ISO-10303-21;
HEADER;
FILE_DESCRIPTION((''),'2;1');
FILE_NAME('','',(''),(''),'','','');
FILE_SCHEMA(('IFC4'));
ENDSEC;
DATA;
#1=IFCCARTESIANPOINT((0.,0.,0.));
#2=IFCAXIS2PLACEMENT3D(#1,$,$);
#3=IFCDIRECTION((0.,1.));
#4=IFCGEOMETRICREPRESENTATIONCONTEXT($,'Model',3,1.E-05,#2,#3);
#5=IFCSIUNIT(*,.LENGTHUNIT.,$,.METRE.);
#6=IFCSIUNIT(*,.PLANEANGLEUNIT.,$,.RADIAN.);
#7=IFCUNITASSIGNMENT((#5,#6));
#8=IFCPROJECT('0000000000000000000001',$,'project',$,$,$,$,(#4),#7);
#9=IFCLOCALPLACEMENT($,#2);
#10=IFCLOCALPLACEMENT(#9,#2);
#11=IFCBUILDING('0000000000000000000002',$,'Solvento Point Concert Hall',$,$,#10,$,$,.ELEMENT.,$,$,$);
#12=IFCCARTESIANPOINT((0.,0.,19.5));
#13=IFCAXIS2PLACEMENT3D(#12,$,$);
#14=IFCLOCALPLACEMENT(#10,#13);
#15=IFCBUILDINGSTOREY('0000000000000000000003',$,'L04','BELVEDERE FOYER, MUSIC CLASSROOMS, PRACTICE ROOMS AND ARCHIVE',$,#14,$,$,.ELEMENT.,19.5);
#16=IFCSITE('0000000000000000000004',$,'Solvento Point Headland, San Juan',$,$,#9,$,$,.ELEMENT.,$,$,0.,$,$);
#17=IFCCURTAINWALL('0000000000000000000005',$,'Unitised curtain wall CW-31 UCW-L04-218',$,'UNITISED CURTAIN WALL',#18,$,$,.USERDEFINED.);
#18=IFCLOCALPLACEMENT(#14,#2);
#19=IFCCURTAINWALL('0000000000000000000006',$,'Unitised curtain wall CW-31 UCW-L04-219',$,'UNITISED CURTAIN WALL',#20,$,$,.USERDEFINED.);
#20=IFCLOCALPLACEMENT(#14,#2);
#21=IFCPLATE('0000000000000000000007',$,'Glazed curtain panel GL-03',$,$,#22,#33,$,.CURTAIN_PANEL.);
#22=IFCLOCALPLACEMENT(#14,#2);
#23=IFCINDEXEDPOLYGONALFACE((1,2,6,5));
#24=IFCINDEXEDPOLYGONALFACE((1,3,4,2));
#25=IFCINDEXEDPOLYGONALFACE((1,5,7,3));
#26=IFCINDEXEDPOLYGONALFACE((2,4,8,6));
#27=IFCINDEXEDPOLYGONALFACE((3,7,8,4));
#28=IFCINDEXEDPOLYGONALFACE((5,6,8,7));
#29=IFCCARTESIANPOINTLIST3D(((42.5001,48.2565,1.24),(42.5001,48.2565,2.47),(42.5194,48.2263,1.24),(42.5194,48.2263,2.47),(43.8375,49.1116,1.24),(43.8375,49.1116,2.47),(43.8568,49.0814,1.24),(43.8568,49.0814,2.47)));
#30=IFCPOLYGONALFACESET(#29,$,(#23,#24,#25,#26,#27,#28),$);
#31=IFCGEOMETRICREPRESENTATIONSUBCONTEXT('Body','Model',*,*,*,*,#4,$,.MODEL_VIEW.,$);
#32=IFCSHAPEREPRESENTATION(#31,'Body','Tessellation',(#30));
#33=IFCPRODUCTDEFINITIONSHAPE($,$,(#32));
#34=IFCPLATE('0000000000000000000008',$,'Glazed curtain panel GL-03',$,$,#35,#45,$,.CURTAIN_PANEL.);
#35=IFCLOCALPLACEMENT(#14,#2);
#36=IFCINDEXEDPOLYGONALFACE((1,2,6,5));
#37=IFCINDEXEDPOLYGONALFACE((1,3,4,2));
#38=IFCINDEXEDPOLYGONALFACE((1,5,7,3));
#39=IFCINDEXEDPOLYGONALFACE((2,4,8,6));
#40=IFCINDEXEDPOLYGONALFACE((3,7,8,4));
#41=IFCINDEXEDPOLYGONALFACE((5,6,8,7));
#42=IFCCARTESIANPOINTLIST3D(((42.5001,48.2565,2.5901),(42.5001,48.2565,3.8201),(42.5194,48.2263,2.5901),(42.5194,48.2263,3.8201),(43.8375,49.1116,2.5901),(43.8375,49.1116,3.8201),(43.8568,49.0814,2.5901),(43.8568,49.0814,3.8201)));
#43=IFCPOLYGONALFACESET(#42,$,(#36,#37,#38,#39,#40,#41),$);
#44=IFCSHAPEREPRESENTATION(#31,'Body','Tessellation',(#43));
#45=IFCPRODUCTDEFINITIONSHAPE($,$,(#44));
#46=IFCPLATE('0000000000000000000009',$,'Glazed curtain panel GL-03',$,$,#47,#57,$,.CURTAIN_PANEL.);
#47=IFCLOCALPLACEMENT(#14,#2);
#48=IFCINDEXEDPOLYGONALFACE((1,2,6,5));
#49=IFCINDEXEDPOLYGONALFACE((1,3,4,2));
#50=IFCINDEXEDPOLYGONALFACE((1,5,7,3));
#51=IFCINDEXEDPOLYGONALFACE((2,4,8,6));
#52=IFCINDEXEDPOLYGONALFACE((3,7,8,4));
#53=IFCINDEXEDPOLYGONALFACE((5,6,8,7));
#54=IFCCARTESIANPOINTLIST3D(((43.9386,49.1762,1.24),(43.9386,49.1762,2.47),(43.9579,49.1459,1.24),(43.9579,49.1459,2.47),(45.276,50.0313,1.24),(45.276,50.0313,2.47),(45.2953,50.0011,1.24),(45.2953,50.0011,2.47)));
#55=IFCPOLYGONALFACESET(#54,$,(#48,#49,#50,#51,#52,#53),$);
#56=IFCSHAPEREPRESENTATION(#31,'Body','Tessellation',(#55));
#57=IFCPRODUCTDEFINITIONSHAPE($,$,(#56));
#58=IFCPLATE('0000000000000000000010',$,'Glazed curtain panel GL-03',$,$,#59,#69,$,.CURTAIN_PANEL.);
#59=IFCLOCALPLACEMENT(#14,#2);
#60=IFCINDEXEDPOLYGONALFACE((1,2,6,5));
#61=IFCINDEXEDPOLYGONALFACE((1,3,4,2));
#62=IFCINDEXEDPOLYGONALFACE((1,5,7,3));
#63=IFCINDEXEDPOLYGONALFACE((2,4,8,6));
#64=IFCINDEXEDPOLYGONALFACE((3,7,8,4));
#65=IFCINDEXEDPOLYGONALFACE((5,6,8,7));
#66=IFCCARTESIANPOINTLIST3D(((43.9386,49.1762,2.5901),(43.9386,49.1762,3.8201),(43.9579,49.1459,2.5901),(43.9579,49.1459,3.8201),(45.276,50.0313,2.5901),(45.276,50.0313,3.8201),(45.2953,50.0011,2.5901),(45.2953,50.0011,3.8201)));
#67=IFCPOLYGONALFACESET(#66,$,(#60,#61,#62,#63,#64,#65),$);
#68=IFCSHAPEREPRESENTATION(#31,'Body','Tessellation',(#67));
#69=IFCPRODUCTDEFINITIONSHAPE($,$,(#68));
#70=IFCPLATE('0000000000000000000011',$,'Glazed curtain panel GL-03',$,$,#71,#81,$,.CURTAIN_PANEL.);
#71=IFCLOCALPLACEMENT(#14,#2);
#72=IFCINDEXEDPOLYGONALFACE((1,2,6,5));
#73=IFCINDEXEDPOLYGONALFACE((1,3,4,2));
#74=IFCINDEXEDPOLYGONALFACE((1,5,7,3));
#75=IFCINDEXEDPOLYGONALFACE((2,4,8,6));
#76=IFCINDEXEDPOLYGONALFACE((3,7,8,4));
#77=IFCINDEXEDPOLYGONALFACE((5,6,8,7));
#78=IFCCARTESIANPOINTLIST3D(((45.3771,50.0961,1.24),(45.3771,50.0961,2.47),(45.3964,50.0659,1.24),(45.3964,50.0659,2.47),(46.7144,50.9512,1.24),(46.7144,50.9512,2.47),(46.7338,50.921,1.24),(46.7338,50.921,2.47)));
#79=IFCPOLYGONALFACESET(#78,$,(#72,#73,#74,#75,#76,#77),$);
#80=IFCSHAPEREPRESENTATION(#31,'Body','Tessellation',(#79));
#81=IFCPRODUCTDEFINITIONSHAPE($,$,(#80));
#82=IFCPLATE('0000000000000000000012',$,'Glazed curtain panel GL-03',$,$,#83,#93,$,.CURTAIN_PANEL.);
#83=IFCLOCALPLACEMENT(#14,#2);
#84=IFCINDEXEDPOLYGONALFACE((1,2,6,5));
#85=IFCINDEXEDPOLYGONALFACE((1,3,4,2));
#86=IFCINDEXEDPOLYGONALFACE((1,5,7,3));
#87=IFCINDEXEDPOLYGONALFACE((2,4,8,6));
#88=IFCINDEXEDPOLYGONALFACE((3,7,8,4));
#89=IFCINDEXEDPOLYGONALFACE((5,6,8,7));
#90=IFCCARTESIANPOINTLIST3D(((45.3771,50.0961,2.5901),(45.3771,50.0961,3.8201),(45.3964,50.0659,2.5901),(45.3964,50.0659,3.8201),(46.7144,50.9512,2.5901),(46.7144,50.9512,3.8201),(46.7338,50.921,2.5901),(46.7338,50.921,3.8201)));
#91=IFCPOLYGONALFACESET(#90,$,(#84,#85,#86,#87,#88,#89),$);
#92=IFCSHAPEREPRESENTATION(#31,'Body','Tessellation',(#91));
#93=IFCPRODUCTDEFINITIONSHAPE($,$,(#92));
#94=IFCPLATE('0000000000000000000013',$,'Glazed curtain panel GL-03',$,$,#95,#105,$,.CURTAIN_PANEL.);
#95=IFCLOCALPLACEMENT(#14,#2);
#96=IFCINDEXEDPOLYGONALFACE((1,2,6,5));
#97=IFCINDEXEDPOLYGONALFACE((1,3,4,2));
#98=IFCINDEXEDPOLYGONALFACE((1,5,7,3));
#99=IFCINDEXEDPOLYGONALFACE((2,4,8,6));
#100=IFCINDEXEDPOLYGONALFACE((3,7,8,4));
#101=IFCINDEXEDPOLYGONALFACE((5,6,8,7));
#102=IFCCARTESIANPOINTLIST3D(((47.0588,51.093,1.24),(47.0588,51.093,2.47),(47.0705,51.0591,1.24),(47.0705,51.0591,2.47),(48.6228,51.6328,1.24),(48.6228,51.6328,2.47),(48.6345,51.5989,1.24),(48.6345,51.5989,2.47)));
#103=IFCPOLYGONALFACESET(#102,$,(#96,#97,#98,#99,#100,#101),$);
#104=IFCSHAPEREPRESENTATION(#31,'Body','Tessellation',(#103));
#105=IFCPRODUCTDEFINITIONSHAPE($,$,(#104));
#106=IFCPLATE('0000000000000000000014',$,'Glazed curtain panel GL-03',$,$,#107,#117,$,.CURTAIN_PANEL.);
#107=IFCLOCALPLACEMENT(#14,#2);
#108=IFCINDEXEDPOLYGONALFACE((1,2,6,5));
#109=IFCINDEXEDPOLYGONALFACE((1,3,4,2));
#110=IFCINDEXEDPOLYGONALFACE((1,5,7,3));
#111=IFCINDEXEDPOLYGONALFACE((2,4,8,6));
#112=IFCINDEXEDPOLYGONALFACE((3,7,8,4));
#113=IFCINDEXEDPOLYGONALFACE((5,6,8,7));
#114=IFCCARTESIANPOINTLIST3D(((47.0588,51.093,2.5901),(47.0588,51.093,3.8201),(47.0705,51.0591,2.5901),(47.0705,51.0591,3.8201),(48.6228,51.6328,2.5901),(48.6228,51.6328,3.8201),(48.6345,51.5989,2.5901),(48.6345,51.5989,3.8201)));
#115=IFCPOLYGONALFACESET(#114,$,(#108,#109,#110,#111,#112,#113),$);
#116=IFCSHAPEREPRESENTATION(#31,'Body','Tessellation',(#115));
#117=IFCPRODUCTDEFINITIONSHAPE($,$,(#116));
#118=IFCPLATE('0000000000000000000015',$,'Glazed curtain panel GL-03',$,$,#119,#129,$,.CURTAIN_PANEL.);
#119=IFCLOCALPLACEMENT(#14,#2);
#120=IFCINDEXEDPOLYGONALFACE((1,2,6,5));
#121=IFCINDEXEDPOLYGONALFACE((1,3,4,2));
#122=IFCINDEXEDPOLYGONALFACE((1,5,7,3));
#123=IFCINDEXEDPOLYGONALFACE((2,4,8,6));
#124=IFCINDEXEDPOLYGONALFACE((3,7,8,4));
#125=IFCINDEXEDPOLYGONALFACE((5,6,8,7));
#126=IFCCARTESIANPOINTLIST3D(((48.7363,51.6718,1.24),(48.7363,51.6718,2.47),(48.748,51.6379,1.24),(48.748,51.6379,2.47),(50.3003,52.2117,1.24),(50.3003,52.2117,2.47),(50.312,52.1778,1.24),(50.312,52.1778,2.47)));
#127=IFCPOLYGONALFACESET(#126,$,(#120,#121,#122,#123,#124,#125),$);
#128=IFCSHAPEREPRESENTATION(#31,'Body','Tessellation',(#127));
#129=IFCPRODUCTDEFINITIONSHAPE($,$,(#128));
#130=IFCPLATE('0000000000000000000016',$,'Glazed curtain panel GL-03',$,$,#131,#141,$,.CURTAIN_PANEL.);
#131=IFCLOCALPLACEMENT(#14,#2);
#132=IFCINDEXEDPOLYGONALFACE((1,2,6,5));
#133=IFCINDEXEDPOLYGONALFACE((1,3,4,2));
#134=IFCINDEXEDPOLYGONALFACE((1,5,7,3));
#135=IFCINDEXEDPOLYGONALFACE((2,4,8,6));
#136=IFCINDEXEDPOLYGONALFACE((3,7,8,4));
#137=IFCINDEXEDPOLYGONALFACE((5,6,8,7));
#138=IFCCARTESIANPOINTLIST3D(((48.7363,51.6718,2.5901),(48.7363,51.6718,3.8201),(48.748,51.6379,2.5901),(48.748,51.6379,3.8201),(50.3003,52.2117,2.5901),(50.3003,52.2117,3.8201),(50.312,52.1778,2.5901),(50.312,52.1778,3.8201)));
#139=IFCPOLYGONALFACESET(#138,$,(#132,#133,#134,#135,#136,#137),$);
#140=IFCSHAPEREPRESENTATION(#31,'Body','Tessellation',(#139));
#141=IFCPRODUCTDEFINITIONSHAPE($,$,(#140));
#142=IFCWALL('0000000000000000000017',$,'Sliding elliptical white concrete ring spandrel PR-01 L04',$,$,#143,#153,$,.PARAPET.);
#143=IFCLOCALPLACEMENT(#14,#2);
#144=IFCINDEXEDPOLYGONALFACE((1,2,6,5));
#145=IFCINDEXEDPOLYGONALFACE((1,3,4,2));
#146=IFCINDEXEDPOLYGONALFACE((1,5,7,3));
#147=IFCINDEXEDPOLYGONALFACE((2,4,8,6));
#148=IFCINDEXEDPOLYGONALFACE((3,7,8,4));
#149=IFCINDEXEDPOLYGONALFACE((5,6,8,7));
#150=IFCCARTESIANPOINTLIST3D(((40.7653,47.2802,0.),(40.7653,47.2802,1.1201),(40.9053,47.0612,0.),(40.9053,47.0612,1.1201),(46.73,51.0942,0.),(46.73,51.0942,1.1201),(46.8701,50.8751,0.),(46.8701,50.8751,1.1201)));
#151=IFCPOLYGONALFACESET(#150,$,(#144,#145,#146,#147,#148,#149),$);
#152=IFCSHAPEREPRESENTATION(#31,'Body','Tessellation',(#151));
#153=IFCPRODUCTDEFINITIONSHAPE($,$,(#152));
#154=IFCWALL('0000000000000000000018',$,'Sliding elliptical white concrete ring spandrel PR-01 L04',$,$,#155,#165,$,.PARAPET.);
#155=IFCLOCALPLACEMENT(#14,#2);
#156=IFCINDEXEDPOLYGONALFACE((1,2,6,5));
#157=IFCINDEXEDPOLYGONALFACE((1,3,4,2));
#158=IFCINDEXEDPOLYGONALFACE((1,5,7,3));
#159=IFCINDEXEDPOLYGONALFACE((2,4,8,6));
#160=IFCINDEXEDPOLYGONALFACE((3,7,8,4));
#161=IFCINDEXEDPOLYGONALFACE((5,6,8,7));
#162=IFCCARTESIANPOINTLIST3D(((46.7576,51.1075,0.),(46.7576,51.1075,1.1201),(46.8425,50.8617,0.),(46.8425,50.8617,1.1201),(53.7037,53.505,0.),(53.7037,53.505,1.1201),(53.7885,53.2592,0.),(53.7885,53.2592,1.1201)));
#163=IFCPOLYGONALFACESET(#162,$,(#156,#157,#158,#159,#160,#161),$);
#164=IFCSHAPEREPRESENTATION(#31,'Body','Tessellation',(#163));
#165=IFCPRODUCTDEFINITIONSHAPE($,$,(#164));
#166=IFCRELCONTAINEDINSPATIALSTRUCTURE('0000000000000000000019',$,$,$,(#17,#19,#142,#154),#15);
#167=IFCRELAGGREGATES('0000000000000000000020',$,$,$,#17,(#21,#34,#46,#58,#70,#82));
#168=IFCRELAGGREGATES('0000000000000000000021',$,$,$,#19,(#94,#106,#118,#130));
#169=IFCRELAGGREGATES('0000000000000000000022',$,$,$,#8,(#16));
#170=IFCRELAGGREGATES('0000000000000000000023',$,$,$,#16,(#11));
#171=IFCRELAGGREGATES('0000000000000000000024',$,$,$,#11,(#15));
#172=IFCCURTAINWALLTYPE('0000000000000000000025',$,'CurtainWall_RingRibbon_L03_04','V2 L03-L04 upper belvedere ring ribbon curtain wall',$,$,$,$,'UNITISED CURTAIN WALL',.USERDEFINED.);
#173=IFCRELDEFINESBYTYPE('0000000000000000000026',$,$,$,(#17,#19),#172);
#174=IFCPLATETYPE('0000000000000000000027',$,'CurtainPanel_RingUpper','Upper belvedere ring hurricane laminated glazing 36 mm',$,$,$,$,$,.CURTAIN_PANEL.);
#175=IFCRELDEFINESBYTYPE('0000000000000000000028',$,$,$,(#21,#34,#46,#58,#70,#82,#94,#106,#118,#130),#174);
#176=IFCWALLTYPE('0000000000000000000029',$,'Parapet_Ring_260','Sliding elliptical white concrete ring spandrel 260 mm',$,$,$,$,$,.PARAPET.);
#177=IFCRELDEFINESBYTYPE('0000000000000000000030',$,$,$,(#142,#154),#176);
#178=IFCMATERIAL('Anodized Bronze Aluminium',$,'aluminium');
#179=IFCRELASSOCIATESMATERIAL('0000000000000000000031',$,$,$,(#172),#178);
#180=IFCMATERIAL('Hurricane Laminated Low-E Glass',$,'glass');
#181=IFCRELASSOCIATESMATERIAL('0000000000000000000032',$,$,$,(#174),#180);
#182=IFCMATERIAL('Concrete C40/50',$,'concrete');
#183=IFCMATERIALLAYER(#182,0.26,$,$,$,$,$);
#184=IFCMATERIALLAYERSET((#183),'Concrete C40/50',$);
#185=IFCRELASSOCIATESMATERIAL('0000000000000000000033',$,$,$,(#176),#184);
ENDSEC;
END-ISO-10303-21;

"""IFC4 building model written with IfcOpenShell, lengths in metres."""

from ifc_helpers import new_model, si_unit, direction, frame, frame_2d, origin, origin_2d, place, context, subcontext, project, spatial, rectangle, extrude, material, layer, layer_set, type_object, element, aggregate, save


model = new_model("IFC4")

# Units and contexts
model_context = context("Model", 3, precision=1e-05, world=origin(), true_north=direction((0.0, 1.0)))
body_context = subcontext(model_context, "Body", "Model", "MODEL_VIEW")
ifc_project = project(units=[si_unit("LENGTHUNIT", "METRE"), si_unit("PLANEANGLEUNIT", "RADIAN")], contexts=[model_context])

# Site, building, storey
site_placement = place(None, origin())
site = spatial("IfcSite", under=ifc_project, at=site_placement, Name="Solvento Point Headland, San Juan", CompositionType="ELEMENT", RefElevation=0.0)
building_placement = place(site_placement, origin())
building = spatial("IfcBuilding", under=site, at=building_placement, Name="Solvento Point Concert Hall", CompositionType="ELEMENT")
storey_placement = place(building_placement, frame((0.0, 0.0, 19.5)))
storey = spatial("IfcBuildingStorey", under=building, at=storey_placement, Name="L04", Description="BELVEDERE FOYER, MUSIC CLASSROOMS, PRACTICE ROOMS AND ARCHIVE", CompositionType="ELEMENT", Elevation=19.5)

# Shared definitions
ifc_material_1 = material(Name="Anodized Bronze Aluminium", Category="aluminium")
curtain_wall_type = type_object("IfcCurtainWallType", Name="CurtainWall_RingRibbon_L03_04", Description="V2 L03-L04 upper belvedere ring ribbon curtain wall", ElementType="UNITISED CURTAIN WALL", PredefinedType="USERDEFINED", material=ifc_material_1)

# Curtain walls
curtain_wall_1_placement = place(storey_placement, origin())
curtain_wall_1 = element("IfcCurtainWall", 1, at=curtain_wall_1_placement, inside=storey, type_object=curtain_wall_type, Name="Unitised curtain wall CW-31 UCW-L04-218", ObjectType="UNITISED CURTAIN WALL", PredefinedType="USERDEFINED")
curtain_wall_2_placement = place(storey_placement, origin())
curtain_wall_2 = element("IfcCurtainWall", 2, at=curtain_wall_2_placement, inside=storey, type_object=curtain_wall_type, Name="Unitised curtain wall CW-31 UCW-L04-219", ObjectType="UNITISED CURTAIN WALL", PredefinedType="USERDEFINED")

# Plates
ifc_material_2 = material(Name="Hurricane Laminated Low-E Glass", Category="glass")
plate_type = type_object("IfcPlateType", Name="CurtainPanel_RingUpper", Description="Upper belvedere ring hurricane laminated glazing 36 mm", PredefinedType="CURTAIN_PANEL", material=ifc_material_2)
plate_1_placement = place(storey_placement, frame((43.1785, 48.6689, 1.24), z_axis=(0.0, 0.0, 1.0), x_axis=(0.84249, 0.538712, 0.0)))
plate_1 = element("IfcPlate", 3, at=plate_1_placement, type_object=plate_type, Name="Glazed curtain panel GL-03", PredefinedType="CURTAIN_PANEL", context=body_context, shape_type="SweptSolid", body=[
    extrude(rectangle(XDim=1.5874, YDim=0.0359, at=origin_2d()), origin(), (0.0, 0.0, 1.0), 1.23),
])
plate_2_placement = place(storey_placement, frame((43.1785, 48.6689, 2.5901), z_axis=(0.0, 0.0, 1.0), x_axis=(0.84249, 0.538712, 0.0)))
plate_2 = element("IfcPlate", 4, at=plate_2_placement, type_object=plate_type, Name="Glazed curtain panel GL-03", PredefinedType="CURTAIN_PANEL", context=body_context, shape_type="SweptSolid", body=[
    extrude(rectangle(XDim=1.5874, YDim=0.0359, at=origin_2d()), origin(), (0.0, 0.0, 1.0), 1.23),
])
plate_3_placement = place(storey_placement, frame((44.6169, 49.5886, 1.24), z_axis=(0.0, 0.0, 1.0), x_axis=(0.84249, 0.538712, 0.0)))
plate_3 = element("IfcPlate", 5, at=plate_3_placement, type_object=plate_type, Name="Glazed curtain panel GL-03", PredefinedType="CURTAIN_PANEL", context=body_context, shape_type="SweptSolid", body=[
    extrude(rectangle(XDim=1.5874, YDim=0.0359, at=origin_2d()), origin(), (0.0, 0.0, 1.0), 1.23),
])
plate_4_placement = place(storey_placement, frame((44.6169, 49.5886, 2.5901), z_axis=(0.0, 0.0, 1.0), x_axis=(0.84249, 0.538712, 0.0)))
plate_4 = element("IfcPlate", 6, at=plate_4_placement, type_object=plate_type, Name="Glazed curtain panel GL-03", PredefinedType="CURTAIN_PANEL", context=body_context, shape_type="SweptSolid", body=[
    extrude(rectangle(XDim=1.5874, YDim=0.0359, at=origin_2d()), origin(), (0.0, 0.0, 1.0), 1.23),
])
plate_5_placement = place(storey_placement, frame((46.0554, 50.5085, 1.24), z_axis=(0.0, 0.0, 1.0), x_axis=(0.84249, 0.538712, 0.0)))
plate_5 = element("IfcPlate", 7, at=plate_5_placement, type_object=plate_type, Name="Glazed curtain panel GL-03", PredefinedType="CURTAIN_PANEL", context=body_context, shape_type="SweptSolid", body=[
    extrude(rectangle(XDim=1.5874, YDim=0.0359, at=origin_2d()), origin(), (0.0, 0.0, 1.0), 1.23),
])
plate_6_placement = place(storey_placement, frame((46.0554, 50.5085, 2.5901), z_axis=(0.0, 0.0, 1.0), x_axis=(0.84249, 0.538712, 0.0)))
plate_6 = element("IfcPlate", 8, at=plate_6_placement, type_object=plate_type, Name="Glazed curtain panel GL-03", PredefinedType="CURTAIN_PANEL", context=body_context, shape_type="SweptSolid", body=[
    extrude(rectangle(XDim=1.5874, YDim=0.0359, at=origin_2d()), origin(), (0.0, 0.0, 1.0), 1.23),
])
aggregate(curtain_wall_1, [plate_1, plate_2, plate_3, plate_4, plate_5, plate_6])
plate_7_placement = place(storey_placement, frame((47.8467, 51.3459, 1.24), z_axis=(0.0, 0.0, 1.0), x_axis=(0.945271, 0.326286, 0.0)))
plate_7 = element("IfcPlate", 9, at=plate_7_placement, type_object=plate_type, Name="Glazed curtain panel GL-03", PredefinedType="CURTAIN_PANEL", context=body_context, shape_type="SweptSolid", body=[
    extrude(rectangle(XDim=1.6545, YDim=0.0359, at=origin_2d()), origin(), (0.0, 0.0, 1.0), 1.23),
])
plate_8_placement = place(storey_placement, frame((47.8467, 51.3459, 2.5901), z_axis=(0.0, 0.0, 1.0), x_axis=(0.945271, 0.326286, 0.0)))
plate_8 = element("IfcPlate", 10, at=plate_8_placement, type_object=plate_type, Name="Glazed curtain panel GL-03", PredefinedType="CURTAIN_PANEL", context=body_context, shape_type="SweptSolid", body=[
    extrude(rectangle(XDim=1.6545, YDim=0.0359, at=origin_2d()), origin(), (0.0, 0.0, 1.0), 1.23),
])
plate_9_placement = place(storey_placement, frame((49.5242, 51.9248, 1.24), z_axis=(0.0, 0.0, 1.0), x_axis=(0.945271, 0.326286, 0.0)))
plate_9 = element("IfcPlate", 11, at=plate_9_placement, type_object=plate_type, Name="Glazed curtain panel GL-03", PredefinedType="CURTAIN_PANEL", context=body_context, shape_type="SweptSolid", body=[
    extrude(rectangle(XDim=1.6545, YDim=0.0359, at=origin_2d()), origin(), (0.0, 0.0, 1.0), 1.23),
])
plate_10_placement = place(storey_placement, frame((49.5242, 51.9248, 2.5901), z_axis=(0.0, 0.0, 1.0), x_axis=(0.945271, 0.326286, 0.0)))
plate_10 = element("IfcPlate", 12, at=plate_10_placement, type_object=plate_type, Name="Glazed curtain panel GL-03", PredefinedType="CURTAIN_PANEL", context=body_context, shape_type="SweptSolid", body=[
    extrude(rectangle(XDim=1.6545, YDim=0.0359, at=origin_2d()), origin(), (0.0, 0.0, 1.0), 1.23),
])
aggregate(curtain_wall_2, [plate_7, plate_8, plate_9, plate_10])

# Walls
ifc_material_3 = material(Name="Concrete C40/50", Category="concrete")
ifc_layer = layer(ifc_material_3, 0.26)
ifc_layer_set = layer_set([ifc_layer], Name="Concrete C40/50")
wall_type = type_object("IfcWallType", Name="Parapet_Ring_260", Description="Sliding elliptical white concrete ring spandrel 260 mm", PredefinedType="PARAPET", material=ifc_layer_set)
wall_1_placement = place(storey_placement, frame((40.8352, 47.1707, 0.0), z_axis=(0.0, 0.0, 1.0), x_axis=(0.842498, 0.538699, 0.0)))
element("IfcWall", 13, at=wall_1_placement, inside=storey, type_object=wall_type, Name="Sliding elliptical white concrete ring spandrel PR-01 L04", PredefinedType="PARAPET", context=body_context, shape_type="SweptSolid", body=[
    extrude(rectangle(XDim=7.0798, YDim=0.26, at=frame_2d((3.54, 0.0))), origin(), (0.0, 0.0, 1.0), 1.1201),
])
wall_2_placement = place(storey_placement, frame((46.8, 50.9846, 0.0), z_axis=(0.0, 0.0, 1.0), x_axis=(0.945278, 0.326267, 0.0)))
element("IfcWall", 14, at=wall_2_placement, inside=storey, type_object=wall_type, Name="Sliding elliptical white concrete ring spandrel PR-01 L04", PredefinedType="PARAPET", context=body_context, shape_type="SweptSolid", body=[
    extrude(rectangle(XDim=7.3481, YDim=0.26, at=frame_2d((3.6741, 0.0))), origin(), (0.0, 0.0, 1.0), 1.1201),
])

save(model, "model.ifc")
